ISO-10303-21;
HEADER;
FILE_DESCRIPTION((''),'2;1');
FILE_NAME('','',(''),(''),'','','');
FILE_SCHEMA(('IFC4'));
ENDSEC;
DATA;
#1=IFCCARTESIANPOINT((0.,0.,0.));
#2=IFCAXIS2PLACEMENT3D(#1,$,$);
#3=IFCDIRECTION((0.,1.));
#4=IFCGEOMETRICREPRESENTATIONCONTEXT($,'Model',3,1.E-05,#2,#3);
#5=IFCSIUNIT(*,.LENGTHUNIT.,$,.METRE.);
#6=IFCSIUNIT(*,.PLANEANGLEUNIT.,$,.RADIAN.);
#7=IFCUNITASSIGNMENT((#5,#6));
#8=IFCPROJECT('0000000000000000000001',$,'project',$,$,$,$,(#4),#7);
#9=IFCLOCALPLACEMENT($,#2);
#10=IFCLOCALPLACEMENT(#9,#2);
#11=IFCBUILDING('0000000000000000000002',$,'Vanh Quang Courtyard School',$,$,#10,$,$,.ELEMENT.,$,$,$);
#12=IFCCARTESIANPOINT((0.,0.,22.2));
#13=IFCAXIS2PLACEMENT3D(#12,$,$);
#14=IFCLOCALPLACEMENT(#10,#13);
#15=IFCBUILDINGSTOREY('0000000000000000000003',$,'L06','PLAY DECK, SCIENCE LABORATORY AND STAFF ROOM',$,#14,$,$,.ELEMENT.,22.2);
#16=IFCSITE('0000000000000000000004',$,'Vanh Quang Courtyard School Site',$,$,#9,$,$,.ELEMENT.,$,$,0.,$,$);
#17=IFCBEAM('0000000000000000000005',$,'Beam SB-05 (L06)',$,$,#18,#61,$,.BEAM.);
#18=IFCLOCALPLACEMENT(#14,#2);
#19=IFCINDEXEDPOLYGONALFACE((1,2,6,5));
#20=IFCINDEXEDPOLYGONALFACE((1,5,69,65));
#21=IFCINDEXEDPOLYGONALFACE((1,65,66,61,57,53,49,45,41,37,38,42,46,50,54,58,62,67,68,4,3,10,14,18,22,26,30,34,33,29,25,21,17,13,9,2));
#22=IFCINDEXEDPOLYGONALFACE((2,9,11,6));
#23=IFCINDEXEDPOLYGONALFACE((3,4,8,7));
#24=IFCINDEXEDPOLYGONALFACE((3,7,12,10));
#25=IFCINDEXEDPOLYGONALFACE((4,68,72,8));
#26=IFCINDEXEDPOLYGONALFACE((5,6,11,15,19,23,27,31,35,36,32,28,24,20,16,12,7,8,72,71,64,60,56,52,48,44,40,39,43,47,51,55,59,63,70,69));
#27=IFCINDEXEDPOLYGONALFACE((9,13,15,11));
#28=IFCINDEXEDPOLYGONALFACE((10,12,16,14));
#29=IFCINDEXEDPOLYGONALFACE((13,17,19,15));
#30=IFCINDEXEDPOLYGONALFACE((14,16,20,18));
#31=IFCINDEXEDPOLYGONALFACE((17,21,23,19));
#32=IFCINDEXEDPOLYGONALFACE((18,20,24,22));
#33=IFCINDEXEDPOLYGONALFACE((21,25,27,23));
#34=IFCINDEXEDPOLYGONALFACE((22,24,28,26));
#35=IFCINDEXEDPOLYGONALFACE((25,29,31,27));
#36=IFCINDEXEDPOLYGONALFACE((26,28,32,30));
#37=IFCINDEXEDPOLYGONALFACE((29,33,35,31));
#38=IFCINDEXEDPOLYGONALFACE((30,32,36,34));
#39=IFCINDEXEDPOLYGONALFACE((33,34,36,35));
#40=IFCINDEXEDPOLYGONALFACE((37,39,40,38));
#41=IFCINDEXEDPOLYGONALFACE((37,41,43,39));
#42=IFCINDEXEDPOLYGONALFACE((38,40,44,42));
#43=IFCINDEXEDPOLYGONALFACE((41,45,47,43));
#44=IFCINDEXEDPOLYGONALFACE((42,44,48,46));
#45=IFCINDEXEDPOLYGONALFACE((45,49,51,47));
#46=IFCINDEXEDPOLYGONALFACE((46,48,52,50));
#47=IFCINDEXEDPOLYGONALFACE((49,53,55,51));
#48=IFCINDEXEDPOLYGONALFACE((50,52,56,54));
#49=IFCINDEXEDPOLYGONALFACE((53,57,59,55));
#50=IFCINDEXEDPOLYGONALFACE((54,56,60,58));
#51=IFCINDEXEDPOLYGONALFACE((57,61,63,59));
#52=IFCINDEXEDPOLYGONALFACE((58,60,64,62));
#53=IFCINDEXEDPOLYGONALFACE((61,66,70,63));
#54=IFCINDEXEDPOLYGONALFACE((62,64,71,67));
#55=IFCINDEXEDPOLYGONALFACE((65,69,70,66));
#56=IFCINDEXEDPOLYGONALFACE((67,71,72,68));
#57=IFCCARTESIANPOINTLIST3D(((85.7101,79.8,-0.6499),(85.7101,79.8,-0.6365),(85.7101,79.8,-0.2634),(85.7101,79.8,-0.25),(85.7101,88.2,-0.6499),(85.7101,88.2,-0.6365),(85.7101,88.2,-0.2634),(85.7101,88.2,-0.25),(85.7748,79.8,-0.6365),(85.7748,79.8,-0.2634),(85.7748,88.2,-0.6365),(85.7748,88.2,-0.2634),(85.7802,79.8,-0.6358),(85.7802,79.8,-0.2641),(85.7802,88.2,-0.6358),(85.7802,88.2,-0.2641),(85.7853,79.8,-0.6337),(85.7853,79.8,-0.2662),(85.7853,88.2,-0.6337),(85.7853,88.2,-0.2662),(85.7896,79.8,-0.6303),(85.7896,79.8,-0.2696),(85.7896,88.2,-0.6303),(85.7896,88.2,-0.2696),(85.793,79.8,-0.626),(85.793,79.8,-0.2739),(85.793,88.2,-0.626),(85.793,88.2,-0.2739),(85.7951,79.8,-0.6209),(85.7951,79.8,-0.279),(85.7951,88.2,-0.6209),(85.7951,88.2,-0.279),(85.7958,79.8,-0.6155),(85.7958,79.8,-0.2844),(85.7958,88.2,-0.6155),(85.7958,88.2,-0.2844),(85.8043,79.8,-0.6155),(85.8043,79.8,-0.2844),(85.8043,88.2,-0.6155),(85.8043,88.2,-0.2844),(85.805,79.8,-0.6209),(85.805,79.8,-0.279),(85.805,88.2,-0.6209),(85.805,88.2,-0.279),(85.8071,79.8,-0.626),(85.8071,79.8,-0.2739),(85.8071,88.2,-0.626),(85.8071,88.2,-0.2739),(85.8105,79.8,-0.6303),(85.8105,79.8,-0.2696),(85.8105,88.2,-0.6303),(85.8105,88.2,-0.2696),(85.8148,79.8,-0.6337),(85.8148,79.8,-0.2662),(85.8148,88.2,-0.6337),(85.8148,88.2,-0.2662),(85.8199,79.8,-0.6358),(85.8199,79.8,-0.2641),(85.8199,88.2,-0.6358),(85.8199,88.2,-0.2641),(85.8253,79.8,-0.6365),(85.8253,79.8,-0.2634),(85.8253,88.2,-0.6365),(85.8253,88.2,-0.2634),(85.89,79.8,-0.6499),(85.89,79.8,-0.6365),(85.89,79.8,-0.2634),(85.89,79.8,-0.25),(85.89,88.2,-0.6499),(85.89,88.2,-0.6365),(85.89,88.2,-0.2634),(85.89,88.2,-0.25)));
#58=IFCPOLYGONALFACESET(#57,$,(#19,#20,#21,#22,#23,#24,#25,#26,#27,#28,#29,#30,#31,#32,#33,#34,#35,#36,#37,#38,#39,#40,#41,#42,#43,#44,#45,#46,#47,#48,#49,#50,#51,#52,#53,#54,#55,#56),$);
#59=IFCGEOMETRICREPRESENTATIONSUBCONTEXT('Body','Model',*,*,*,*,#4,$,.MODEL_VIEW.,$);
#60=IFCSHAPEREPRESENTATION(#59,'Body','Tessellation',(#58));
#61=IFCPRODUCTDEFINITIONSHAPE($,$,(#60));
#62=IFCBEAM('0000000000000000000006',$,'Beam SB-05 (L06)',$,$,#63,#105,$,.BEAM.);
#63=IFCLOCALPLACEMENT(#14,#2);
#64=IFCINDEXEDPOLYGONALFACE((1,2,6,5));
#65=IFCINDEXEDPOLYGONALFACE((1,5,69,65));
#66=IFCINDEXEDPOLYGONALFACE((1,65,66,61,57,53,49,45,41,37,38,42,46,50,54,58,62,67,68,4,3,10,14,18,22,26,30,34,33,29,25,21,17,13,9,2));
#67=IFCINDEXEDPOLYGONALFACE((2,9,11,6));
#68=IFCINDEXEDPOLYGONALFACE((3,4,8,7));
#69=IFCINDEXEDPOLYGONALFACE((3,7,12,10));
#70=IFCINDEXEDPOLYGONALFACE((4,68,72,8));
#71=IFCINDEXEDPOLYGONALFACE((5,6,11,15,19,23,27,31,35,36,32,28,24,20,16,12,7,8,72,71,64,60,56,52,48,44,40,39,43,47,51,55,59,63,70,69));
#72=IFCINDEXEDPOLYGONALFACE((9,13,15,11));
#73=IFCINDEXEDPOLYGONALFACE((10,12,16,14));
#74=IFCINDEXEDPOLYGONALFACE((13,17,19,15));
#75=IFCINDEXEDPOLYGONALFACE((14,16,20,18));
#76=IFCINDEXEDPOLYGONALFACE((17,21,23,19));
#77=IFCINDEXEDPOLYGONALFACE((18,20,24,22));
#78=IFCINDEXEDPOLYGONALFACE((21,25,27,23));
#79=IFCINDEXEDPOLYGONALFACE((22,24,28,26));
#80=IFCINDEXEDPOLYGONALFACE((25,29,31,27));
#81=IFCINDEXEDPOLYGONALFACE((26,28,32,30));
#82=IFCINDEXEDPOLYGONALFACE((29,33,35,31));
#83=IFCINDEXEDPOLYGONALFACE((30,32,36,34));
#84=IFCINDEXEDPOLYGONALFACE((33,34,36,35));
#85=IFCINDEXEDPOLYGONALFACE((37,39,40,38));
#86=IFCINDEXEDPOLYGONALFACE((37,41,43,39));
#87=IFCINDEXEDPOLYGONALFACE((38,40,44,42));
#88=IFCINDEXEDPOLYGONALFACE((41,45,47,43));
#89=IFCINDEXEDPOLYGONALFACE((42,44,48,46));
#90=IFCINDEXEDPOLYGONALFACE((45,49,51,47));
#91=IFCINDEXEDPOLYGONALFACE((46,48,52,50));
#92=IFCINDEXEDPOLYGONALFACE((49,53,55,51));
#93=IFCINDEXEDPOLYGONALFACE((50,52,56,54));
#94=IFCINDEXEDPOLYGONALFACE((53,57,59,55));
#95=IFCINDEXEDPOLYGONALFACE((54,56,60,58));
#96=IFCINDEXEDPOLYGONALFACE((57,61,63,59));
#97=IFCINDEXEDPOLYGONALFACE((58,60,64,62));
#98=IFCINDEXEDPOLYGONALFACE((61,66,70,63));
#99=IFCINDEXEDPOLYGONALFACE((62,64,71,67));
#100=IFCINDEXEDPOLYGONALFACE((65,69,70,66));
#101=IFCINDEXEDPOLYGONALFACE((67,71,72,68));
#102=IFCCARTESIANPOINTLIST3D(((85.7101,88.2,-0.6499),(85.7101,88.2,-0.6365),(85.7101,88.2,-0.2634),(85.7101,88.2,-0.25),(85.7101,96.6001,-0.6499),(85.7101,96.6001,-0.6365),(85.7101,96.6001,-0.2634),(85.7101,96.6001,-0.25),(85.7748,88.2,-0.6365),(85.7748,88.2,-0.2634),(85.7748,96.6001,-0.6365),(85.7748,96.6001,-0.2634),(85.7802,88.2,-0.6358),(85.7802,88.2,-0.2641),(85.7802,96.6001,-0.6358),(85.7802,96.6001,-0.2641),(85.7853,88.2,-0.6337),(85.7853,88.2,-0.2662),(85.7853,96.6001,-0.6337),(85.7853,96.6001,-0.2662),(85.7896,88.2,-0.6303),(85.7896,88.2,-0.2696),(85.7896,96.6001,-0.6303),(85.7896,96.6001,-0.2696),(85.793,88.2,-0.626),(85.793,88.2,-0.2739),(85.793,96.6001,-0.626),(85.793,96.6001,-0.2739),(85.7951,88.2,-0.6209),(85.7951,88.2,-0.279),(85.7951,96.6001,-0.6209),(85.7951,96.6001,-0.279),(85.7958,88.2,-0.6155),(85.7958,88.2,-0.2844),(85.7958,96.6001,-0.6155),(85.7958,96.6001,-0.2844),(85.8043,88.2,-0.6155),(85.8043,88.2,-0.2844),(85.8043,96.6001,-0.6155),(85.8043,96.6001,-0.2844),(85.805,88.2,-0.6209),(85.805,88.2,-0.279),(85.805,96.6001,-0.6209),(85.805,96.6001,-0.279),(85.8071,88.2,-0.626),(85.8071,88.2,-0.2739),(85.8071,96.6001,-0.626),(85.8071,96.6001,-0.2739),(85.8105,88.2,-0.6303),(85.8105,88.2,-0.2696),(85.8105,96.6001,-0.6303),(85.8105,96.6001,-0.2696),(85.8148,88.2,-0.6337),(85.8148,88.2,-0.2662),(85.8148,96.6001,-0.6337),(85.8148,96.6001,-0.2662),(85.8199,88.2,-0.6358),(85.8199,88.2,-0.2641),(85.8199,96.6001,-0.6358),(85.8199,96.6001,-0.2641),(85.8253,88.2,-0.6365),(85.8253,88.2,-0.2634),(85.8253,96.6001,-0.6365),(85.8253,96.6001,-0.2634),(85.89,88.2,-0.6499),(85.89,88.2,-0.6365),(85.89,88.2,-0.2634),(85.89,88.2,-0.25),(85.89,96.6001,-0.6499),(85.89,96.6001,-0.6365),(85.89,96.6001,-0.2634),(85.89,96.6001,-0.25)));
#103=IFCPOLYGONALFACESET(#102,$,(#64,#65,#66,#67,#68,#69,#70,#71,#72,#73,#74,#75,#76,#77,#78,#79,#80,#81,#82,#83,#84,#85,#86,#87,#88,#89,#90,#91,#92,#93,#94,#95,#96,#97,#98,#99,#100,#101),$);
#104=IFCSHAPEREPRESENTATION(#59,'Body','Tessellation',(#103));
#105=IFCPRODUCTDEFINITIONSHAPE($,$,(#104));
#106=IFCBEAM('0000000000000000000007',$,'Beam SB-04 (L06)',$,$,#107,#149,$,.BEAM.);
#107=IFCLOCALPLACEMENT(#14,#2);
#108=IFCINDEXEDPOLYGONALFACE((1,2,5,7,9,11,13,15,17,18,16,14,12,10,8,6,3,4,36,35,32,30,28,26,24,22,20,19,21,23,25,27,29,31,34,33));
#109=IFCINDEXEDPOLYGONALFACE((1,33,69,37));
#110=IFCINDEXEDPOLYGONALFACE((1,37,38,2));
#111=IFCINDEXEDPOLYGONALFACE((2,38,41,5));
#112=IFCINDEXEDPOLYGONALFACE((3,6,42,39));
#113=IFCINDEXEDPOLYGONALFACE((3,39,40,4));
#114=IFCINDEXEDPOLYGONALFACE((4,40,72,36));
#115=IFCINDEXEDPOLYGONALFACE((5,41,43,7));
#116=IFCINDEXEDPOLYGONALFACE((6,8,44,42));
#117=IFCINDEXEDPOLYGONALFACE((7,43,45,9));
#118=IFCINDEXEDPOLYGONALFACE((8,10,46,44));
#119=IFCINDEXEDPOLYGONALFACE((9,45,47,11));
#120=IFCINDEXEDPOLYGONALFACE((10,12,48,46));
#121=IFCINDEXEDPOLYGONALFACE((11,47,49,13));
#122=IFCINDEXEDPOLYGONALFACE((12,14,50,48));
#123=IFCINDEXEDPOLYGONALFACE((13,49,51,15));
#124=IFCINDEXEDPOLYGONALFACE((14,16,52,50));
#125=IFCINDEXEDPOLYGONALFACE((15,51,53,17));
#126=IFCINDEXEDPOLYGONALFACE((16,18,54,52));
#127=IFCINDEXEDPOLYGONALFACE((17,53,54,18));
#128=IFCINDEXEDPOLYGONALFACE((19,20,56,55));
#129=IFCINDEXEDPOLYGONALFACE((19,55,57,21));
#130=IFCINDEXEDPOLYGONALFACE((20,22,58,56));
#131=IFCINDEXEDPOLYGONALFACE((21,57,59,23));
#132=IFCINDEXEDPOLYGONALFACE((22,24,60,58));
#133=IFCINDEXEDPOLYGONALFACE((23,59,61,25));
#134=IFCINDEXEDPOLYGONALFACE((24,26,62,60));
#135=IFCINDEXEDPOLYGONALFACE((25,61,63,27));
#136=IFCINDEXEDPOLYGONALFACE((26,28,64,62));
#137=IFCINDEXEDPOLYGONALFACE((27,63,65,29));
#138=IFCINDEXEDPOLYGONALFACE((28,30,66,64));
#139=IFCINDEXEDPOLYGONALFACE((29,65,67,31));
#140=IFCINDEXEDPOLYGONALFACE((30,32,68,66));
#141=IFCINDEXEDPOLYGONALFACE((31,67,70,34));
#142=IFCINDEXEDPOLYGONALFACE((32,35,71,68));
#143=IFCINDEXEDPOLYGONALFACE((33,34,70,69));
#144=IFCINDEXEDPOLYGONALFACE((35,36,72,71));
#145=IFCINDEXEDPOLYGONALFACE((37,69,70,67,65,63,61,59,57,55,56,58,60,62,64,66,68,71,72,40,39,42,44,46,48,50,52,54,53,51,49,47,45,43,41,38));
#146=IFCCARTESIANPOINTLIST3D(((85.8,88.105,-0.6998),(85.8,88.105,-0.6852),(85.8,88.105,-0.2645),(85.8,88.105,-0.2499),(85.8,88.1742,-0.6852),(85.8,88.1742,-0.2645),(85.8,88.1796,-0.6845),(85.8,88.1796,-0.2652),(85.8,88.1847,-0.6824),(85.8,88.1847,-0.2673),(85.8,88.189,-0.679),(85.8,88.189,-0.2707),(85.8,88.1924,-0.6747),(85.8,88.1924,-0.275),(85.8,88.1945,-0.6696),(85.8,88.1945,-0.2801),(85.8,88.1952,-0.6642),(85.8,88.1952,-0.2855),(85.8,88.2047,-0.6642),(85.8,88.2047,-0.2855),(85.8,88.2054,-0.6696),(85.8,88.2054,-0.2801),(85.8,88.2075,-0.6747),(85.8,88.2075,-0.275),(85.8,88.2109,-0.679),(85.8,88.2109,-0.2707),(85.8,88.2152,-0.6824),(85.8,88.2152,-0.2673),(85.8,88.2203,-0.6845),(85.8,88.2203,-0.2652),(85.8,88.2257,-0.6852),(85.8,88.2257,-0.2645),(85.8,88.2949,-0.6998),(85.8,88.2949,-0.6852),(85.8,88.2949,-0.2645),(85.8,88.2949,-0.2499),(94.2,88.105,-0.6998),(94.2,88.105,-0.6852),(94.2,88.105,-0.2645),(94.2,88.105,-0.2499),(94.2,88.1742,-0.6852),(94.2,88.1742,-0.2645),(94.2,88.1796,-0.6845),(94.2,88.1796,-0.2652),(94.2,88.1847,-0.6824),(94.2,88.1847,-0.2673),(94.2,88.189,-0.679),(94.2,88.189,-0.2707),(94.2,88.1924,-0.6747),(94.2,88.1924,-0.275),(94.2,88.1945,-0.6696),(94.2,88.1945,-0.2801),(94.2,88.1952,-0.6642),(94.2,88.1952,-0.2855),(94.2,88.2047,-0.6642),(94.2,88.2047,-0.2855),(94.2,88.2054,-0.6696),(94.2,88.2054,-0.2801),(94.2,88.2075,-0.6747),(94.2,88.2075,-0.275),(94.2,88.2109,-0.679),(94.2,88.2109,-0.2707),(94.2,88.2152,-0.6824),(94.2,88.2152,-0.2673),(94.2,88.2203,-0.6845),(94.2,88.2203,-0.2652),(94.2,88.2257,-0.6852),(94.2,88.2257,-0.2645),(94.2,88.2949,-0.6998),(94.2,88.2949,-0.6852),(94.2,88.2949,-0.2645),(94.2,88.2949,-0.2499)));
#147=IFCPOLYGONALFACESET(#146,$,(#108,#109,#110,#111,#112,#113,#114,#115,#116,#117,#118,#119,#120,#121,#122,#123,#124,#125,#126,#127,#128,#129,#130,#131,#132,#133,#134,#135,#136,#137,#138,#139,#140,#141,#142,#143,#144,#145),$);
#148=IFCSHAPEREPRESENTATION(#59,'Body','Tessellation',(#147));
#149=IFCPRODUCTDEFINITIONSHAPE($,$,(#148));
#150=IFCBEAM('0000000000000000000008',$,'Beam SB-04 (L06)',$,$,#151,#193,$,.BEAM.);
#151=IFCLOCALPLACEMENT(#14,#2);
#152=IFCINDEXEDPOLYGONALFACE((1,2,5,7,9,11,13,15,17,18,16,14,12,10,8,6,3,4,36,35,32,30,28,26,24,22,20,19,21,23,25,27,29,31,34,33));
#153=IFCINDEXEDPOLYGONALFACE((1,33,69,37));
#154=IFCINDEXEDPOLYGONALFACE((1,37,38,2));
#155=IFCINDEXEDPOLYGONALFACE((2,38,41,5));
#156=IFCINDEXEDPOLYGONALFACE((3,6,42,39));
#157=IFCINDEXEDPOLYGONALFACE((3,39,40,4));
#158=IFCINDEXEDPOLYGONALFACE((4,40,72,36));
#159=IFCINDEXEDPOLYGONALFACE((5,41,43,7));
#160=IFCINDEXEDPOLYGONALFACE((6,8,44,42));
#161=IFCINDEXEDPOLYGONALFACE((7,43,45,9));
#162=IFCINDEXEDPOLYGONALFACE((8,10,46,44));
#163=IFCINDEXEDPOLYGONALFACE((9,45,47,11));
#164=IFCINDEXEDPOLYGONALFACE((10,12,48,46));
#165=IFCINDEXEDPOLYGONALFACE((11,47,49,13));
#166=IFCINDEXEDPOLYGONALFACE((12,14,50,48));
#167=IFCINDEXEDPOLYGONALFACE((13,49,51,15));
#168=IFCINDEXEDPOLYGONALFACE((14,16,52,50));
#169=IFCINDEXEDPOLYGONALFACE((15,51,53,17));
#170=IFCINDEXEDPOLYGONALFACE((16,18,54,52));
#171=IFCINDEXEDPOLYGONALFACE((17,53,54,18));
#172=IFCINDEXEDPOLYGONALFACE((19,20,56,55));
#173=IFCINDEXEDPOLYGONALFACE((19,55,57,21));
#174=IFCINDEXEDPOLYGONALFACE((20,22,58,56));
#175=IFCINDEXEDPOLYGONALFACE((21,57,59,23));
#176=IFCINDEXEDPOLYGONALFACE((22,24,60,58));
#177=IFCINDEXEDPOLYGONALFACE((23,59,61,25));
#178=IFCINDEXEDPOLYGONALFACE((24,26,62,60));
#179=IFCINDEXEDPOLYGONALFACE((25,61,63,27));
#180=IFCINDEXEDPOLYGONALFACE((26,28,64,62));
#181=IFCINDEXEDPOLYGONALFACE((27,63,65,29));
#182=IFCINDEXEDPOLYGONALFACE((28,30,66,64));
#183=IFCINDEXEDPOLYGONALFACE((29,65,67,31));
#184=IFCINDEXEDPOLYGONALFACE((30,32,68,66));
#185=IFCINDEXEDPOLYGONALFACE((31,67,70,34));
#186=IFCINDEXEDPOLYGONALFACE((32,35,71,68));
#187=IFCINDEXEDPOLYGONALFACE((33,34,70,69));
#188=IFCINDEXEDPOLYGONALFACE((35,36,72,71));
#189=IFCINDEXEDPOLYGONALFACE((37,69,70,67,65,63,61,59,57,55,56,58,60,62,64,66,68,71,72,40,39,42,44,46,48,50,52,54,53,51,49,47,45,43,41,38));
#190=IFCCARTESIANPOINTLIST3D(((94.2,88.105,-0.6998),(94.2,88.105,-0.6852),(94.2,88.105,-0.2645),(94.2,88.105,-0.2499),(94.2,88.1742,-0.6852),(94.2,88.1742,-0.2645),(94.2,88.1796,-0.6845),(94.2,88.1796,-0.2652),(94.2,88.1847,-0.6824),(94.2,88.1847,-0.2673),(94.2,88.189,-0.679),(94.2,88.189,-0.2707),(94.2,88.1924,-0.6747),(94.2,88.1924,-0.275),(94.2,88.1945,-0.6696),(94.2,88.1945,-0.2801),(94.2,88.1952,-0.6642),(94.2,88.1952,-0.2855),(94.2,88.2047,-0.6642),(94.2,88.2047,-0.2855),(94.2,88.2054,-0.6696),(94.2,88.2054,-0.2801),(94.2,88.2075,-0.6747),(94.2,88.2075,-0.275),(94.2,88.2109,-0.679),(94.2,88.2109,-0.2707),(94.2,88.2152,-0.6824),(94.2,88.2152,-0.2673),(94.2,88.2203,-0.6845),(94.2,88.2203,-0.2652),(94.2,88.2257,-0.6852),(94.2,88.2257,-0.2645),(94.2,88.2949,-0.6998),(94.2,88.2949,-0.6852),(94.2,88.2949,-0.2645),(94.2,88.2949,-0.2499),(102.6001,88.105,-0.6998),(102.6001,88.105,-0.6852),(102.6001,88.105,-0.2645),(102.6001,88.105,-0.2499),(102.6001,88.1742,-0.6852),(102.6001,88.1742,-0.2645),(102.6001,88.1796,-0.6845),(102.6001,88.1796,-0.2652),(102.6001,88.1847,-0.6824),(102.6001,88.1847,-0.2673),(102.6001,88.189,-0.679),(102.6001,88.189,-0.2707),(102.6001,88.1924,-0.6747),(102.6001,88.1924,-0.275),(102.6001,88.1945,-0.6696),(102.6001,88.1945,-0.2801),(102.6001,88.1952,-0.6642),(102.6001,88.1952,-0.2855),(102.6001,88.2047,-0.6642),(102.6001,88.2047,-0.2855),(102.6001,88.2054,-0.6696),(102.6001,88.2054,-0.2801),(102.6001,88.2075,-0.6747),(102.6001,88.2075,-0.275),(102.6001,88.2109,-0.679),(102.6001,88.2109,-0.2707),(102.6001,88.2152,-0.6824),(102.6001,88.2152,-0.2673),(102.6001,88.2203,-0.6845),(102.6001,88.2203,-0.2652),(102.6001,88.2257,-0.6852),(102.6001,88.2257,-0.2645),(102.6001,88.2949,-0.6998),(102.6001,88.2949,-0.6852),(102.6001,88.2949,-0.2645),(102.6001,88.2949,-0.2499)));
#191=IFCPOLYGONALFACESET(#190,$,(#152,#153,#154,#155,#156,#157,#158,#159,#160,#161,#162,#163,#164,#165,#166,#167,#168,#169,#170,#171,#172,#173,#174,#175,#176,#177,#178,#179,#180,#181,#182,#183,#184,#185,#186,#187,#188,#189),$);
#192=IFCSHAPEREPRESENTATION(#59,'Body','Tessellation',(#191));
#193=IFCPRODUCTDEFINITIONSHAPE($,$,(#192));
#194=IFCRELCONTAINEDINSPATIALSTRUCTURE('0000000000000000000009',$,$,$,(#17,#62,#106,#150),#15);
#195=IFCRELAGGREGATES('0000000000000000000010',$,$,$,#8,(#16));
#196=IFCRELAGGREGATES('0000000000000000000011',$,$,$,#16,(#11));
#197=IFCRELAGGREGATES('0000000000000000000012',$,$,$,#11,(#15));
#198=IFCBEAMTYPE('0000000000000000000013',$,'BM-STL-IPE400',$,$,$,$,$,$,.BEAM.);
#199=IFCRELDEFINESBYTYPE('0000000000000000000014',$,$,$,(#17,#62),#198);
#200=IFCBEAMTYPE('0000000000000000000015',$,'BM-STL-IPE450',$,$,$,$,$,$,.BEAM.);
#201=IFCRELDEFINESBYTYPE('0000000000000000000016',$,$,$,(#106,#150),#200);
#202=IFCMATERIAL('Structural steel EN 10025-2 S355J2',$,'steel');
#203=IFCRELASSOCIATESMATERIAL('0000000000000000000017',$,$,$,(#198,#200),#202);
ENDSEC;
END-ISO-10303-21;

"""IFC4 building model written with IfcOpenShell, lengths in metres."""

from ifc_helpers import new_model, si_unit, direction, frame, origin, origin_2d, place, context, subcontext, project, spatial, i_section, extrude, material, material_profile, profile_set, type_object, element, save


model = new_model("IFC4")

# Units and contexts
model_context = context("Model", 3, precision=1e-05, world=origin(), true_north=direction((0.0, 1.0)))
body_context = subcontext(model_context, "Body", "Model", "MODEL_VIEW")
ifc_project = project(units=[si_unit("LENGTHUNIT", "METRE"), si_unit("PLANEANGLEUNIT", "RADIAN")], contexts=[model_context])

# Site, building, storey
site_placement = place(None, origin())
site = spatial("IfcSite", under=ifc_project, at=site_placement, Name="Vanh Quang Courtyard School Site", CompositionType="ELEMENT", RefElevation=0.0)
building_placement = place(site_placement, origin())
building = spatial("IfcBuilding", under=site, at=building_placement, Name="Vanh Quang Courtyard School", CompositionType="ELEMENT")
storey_placement = place(building_placement, frame((0.0, 0.0, 22.2)))
storey = spatial("IfcBuildingStorey", under=building, at=storey_placement, Name="L06", Description="PLAY DECK, SCIENCE LABORATORY AND STAFF ROOM", CompositionType="ELEMENT", Elevation=22.2)

# Beams
ifc_material_1 = material(Name="Structural steel EN 10025-2 S355J2", Category="steel")
ifc_material_profile_1 = material_profile(ifc_material_1, i_section(OverallWidth=0.1799, OverallDepth=0.3999, WebThickness=0.0085, FlangeThickness=0.0134, FilletRadius=0.021, at=origin_2d()), Name="IPE 400")
ifc_profile_set_1 = profile_set([ifc_material_profile_1], Name="Structural steel EN 10025-2 S355J2")
beam_type_1 = type_object("IfcBeamType", Name="BM-STL-IPE400", PredefinedType="BEAM", material=ifc_profile_set_1)
beam_1_placement = place(storey_placement, frame((85.8, 79.8, -0.45), z_axis=(0.0, 1.0, 0.0), x_axis=(-1.0, 0.0, 0.0)))
element("IfcBeam", 1, at=beam_1_placement, inside=storey, type_object=beam_type_1, Name="Beam SB-05 (L06)", PredefinedType="BEAM", context=body_context, shape_type="SweptSolid", body=[
    extrude(i_section(OverallWidth=0.1799, OverallDepth=0.3999, WebThickness=0.0085, FlangeThickness=0.0134, FilletRadius=0.021, at=origin_2d()), origin(), (0.0, 0.0, 1.0), 8.3999),
])
beam_2_placement = place(storey_placement, frame((85.8, 88.2, -0.45), z_axis=(0.0, 1.0, 0.0), x_axis=(-1.0, 0.0, 0.0)))
element("IfcBeam", 2, at=beam_2_placement, inside=storey, type_object=beam_type_1, Name="Beam SB-05 (L06)", PredefinedType="BEAM", context=body_context, shape_type="SweptSolid", body=[
    extrude(i_section(OverallWidth=0.1799, OverallDepth=0.3999, WebThickness=0.0085, FlangeThickness=0.0134, FilletRadius=0.021, at=origin_2d()), origin(), (0.0, 0.0, 1.0), 8.4001),
])
ifc_material_profile_2 = material_profile(ifc_material_1, i_section(OverallWidth=0.1899, OverallDepth=0.45, WebThickness=0.0095, FlangeThickness=0.0146, FilletRadius=0.021, at=origin_2d()), Name="IPE 450")
ifc_profile_set_2 = profile_set([ifc_material_profile_2], Name="Structural steel EN 10025-2 S355J2")
beam_type_2 = type_object("IfcBeamType", Name="BM-STL-IPE450", PredefinedType="BEAM", material=ifc_profile_set_2)
beam_3_placement = place(storey_placement, frame((85.8, 88.2, -0.4749), z_axis=(1.0, 0.0, 0.0), x_axis=(0.0, 1.0, 0.0)))
element("IfcBeam", 3, at=beam_3_placement, inside=storey, type_object=beam_type_2, Name="Beam SB-04 (L06)", PredefinedType="BEAM", context=body_context, shape_type="SweptSolid", body=[
    extrude(i_section(OverallWidth=0.1899, OverallDepth=0.45, WebThickness=0.0095, FlangeThickness=0.0146, FilletRadius=0.021, at=origin_2d()), origin(), (0.0, 0.0, 1.0), 8.3999),
])
beam_4_placement = place(storey_placement, frame((94.2, 88.2, -0.4749), z_axis=(1.0, 0.0, 0.0), x_axis=(0.0, 1.0, 0.0)))
element("IfcBeam", 4, at=beam_4_placement, inside=storey, type_object=beam_type_2, Name="Beam SB-04 (L06)", PredefinedType="BEAM", context=body_context, shape_type="SweptSolid", body=[
    extrude(i_section(OverallWidth=0.1899, OverallDepth=0.45, WebThickness=0.0095, FlangeThickness=0.0146, FilletRadius=0.021, at=origin_2d()), origin(), (0.0, 0.0, 1.0), 8.4001),
])

save(model, "model.ifc")
